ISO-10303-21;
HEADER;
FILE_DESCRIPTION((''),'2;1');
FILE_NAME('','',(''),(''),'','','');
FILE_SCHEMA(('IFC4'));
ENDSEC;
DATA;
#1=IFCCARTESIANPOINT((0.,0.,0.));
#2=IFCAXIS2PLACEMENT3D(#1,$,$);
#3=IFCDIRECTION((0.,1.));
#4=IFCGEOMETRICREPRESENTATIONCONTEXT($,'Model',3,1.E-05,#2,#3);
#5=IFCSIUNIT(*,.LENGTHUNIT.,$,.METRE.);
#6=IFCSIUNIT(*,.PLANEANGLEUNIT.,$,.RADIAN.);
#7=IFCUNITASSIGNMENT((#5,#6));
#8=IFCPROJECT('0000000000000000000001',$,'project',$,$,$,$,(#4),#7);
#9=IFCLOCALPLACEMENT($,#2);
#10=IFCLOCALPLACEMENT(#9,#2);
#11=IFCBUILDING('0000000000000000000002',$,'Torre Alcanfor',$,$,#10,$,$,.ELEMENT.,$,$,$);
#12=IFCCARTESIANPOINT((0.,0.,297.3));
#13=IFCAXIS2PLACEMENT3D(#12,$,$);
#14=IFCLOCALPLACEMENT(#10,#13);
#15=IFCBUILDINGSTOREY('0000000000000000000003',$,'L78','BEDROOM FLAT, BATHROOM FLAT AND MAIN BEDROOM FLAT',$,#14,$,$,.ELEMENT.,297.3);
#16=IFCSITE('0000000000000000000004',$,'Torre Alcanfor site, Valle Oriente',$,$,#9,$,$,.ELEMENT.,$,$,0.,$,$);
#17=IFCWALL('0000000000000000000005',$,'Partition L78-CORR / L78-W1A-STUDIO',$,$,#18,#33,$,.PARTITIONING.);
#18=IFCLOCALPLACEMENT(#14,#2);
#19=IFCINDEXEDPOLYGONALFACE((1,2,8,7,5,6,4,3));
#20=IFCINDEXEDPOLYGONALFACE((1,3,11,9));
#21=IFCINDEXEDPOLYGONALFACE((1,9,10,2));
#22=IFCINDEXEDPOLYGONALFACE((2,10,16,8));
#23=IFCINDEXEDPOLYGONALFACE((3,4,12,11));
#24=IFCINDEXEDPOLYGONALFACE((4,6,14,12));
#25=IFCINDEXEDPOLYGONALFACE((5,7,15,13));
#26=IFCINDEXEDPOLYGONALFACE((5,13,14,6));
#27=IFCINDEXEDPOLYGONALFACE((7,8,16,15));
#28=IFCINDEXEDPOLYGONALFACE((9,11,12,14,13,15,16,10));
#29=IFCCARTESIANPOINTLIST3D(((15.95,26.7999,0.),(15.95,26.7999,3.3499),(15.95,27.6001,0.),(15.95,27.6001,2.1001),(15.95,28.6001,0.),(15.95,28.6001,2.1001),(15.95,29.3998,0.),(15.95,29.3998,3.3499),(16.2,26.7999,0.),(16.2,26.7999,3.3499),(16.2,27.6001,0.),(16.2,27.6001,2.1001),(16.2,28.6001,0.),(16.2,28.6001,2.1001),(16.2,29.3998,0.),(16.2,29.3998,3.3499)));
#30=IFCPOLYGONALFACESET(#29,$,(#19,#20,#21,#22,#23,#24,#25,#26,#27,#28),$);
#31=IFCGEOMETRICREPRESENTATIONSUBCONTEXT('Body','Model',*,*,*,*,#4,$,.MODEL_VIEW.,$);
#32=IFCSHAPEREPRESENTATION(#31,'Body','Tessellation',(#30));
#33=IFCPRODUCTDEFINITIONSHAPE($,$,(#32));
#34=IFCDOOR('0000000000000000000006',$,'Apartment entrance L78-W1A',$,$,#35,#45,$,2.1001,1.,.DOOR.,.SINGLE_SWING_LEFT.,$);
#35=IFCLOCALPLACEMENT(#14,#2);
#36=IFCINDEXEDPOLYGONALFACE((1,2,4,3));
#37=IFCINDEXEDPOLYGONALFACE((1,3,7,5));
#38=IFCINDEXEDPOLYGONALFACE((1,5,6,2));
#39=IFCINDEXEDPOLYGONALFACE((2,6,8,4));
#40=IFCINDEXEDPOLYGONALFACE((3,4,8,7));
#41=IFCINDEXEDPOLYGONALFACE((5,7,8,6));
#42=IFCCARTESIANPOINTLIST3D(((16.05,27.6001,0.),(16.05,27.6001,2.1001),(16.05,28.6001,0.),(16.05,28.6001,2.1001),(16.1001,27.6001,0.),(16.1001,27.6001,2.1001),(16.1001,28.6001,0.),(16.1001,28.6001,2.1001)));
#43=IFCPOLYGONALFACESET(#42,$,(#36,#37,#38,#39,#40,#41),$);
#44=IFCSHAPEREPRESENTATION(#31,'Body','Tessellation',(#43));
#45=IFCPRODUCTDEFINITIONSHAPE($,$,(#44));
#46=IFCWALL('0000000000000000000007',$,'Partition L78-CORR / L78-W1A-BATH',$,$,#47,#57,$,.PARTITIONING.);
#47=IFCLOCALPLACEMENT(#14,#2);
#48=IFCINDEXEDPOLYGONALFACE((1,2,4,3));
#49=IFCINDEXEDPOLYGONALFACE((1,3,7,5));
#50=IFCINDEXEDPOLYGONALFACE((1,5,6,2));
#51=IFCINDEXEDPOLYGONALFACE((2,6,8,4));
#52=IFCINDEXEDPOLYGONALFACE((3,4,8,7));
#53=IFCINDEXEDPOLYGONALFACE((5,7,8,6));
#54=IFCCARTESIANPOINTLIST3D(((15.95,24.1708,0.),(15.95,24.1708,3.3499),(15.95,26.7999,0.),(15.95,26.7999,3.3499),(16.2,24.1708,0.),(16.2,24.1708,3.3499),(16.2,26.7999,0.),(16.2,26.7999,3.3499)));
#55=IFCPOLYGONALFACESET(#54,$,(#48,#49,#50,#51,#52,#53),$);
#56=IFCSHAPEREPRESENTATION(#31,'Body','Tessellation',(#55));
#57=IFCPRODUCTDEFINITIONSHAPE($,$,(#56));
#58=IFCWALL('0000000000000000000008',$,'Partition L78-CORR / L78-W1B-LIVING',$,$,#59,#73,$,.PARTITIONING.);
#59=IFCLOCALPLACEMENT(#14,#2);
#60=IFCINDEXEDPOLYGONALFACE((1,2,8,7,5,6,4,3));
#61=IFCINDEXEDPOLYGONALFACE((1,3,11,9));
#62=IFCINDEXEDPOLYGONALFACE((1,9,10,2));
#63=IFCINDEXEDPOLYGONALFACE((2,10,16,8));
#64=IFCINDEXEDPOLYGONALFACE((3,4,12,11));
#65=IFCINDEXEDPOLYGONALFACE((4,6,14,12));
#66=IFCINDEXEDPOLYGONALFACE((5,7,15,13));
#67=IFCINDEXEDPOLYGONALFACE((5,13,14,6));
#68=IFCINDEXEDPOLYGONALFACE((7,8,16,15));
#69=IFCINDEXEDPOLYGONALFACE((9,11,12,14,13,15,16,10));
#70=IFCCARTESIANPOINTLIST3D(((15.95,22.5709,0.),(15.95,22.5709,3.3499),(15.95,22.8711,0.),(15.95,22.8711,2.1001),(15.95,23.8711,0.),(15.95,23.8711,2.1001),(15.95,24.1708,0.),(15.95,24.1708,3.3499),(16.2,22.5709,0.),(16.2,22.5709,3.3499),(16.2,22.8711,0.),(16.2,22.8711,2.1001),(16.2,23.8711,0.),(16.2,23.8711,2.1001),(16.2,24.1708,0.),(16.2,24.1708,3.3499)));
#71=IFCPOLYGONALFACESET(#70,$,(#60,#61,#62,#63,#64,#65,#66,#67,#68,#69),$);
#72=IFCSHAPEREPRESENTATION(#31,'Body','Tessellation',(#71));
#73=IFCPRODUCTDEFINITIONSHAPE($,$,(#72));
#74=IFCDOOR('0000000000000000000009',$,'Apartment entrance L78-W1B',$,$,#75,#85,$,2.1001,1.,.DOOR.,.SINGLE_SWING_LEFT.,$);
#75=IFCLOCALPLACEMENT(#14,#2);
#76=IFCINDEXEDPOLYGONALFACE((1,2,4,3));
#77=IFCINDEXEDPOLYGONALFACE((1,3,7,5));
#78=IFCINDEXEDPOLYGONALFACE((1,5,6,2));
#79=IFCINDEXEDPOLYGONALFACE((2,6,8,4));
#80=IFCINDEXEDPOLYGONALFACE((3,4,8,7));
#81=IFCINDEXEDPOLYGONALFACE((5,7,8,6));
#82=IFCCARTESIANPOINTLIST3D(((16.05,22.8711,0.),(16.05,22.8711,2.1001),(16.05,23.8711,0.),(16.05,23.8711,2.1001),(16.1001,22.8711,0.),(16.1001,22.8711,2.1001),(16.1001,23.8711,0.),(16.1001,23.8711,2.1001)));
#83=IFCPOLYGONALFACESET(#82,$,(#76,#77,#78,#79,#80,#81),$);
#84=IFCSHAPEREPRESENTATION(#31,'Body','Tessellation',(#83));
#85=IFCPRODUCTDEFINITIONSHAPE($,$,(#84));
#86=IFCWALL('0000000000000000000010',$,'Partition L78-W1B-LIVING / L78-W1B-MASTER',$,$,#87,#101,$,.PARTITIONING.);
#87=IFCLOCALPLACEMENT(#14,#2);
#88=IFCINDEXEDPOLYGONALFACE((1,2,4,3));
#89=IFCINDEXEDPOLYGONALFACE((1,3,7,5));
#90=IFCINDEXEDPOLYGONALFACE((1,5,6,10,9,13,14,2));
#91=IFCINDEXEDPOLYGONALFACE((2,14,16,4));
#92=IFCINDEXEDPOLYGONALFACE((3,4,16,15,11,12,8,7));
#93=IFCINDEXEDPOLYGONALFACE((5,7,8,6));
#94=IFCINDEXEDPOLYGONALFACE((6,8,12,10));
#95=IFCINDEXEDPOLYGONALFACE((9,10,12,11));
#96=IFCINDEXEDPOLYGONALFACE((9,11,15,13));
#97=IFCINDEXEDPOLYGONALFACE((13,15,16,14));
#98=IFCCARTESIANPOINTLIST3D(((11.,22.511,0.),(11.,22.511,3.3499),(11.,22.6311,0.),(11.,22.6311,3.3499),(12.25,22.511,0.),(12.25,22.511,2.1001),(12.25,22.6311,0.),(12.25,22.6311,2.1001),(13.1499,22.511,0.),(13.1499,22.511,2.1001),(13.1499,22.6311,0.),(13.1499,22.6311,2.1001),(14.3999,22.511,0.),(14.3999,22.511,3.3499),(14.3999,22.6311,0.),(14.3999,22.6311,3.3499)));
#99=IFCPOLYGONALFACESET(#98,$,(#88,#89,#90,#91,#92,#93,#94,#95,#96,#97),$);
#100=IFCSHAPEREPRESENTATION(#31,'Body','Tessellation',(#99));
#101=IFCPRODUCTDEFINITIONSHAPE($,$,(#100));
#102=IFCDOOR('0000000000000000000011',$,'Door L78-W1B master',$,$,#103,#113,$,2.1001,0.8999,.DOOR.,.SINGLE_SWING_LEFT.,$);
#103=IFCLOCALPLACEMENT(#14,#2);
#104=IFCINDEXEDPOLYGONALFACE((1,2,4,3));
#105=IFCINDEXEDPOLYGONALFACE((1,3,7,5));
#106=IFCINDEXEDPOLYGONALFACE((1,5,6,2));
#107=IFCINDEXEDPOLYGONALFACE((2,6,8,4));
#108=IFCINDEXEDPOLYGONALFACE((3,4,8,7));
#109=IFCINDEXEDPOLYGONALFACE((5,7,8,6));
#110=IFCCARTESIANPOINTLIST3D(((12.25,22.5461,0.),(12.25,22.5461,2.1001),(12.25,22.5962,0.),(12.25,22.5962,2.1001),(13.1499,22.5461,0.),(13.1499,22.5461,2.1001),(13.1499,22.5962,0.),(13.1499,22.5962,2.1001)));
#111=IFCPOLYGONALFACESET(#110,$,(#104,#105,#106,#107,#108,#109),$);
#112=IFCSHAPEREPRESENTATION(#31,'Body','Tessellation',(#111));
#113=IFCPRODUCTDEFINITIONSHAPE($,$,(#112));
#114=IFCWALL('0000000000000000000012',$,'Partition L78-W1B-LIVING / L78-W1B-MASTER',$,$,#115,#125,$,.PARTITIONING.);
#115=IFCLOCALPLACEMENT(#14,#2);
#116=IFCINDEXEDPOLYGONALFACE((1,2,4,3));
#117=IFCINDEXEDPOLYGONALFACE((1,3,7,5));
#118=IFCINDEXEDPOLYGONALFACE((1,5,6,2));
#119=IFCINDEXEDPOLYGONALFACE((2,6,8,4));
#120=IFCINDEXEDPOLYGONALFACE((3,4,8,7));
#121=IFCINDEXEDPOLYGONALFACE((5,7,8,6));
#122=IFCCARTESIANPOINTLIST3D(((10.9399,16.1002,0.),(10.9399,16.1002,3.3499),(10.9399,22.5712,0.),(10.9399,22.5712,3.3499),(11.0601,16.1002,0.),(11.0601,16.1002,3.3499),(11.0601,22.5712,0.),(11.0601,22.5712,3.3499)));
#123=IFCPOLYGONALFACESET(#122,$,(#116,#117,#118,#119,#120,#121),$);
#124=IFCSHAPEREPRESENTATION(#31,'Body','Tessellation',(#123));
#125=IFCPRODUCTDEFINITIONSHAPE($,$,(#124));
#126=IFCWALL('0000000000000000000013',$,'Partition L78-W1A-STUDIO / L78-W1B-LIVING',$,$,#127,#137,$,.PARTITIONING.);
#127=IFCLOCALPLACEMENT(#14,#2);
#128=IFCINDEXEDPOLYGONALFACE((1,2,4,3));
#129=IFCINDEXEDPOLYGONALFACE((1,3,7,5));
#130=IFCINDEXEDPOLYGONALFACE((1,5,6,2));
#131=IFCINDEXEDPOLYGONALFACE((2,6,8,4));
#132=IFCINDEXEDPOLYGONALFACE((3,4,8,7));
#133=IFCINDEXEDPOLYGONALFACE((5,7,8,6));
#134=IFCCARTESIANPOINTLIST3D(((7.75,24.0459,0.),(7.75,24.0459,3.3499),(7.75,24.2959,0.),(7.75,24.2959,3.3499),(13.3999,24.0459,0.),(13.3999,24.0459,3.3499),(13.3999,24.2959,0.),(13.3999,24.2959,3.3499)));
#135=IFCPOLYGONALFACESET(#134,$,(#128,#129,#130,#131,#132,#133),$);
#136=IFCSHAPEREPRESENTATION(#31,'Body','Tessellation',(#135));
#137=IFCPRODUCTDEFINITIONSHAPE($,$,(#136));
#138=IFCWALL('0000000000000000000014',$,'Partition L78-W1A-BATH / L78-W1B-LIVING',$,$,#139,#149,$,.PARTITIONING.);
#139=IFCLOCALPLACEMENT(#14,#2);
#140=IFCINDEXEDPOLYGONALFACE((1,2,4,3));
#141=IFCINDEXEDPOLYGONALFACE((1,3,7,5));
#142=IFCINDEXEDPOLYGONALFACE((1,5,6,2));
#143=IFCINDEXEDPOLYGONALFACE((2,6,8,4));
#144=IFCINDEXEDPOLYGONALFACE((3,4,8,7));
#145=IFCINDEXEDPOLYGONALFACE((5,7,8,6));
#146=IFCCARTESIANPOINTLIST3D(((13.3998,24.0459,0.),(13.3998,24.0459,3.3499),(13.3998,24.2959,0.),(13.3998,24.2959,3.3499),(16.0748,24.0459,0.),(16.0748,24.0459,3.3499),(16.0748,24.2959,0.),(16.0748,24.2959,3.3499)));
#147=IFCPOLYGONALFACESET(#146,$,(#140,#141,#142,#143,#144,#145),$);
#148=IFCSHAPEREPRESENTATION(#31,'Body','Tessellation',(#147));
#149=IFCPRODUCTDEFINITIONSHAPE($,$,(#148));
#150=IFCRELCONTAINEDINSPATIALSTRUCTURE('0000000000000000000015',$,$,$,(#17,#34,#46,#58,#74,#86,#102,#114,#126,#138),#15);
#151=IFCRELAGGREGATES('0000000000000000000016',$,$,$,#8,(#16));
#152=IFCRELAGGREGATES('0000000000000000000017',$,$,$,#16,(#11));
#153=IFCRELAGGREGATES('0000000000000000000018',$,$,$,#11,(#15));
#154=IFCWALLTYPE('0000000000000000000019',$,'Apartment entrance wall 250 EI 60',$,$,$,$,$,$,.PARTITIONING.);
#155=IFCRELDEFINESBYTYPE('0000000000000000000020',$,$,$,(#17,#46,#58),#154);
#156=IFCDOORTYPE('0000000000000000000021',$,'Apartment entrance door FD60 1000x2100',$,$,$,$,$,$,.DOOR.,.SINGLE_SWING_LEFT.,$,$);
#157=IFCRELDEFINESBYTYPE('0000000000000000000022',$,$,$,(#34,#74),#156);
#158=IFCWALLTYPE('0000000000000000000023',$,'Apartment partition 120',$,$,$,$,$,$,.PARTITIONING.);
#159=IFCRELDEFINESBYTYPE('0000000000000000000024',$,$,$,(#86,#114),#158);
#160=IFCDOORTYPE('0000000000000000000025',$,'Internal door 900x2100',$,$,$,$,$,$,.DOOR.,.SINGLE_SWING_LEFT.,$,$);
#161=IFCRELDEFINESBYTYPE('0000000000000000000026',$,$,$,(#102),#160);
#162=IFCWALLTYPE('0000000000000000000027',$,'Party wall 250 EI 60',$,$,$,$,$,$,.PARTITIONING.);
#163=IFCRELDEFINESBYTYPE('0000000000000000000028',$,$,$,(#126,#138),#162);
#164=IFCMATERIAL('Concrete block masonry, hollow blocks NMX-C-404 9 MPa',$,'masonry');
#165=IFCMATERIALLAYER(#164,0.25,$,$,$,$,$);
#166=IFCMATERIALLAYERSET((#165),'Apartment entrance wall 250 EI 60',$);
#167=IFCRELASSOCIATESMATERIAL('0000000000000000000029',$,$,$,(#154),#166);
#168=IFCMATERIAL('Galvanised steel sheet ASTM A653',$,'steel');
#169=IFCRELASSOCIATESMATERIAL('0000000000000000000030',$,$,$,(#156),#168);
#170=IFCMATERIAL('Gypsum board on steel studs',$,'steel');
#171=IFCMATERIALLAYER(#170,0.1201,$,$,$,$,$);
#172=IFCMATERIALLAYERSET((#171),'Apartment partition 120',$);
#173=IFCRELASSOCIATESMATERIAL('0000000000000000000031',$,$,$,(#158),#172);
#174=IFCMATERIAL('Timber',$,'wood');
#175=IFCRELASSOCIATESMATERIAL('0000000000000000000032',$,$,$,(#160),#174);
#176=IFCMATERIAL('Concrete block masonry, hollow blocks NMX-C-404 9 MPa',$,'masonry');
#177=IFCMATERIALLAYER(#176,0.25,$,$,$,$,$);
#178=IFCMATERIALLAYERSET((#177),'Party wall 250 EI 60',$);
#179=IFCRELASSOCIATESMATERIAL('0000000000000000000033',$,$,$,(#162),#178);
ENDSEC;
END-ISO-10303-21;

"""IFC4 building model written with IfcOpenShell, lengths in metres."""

from ifc_helpers import new_model, si_unit, direction, frame, frame_2d, origin, place, context, subcontext, project, spatial, rectangle, extrude, material, layer, layer_set, type_object, element, fill, save


model = new_model("IFC4")

# Units and contexts
model_context = context("Model", 3, precision=1e-05, world=origin(), true_north=direction((0.0, 1.0)))
body_context = subcontext(model_context, "Body", "Model", "MODEL_VIEW")
ifc_project = project(units=[si_unit("LENGTHUNIT", "METRE"), si_unit("PLANEANGLEUNIT", "RADIAN")], contexts=[model_context])

# Site, building, storey
site_placement = place(None, origin())
site = spatial("IfcSite", under=ifc_project, at=site_placement, Name="Torre Alcanfor site, Valle Oriente", CompositionType="ELEMENT", RefElevation=0.0)
building_placement = place(site_placement, origin())
building = spatial("IfcBuilding", under=site, at=building_placement, Name="Torre Alcanfor", CompositionType="ELEMENT")
storey_placement = place(building_placement, frame((0.0, 0.0, 297.3)))
storey = spatial("IfcBuildingStorey", under=building, at=storey_placement, Name="L78", Description="BEDROOM FLAT, BATHROOM FLAT AND MAIN BEDROOM FLAT", CompositionType="ELEMENT", Elevation=297.3)

# Wall, opening, door
ifc_material_1 = material(Name="Concrete block masonry, hollow blocks NMX-C-404 9 MPa", Category="masonry")
ifc_layer_1 = layer(ifc_material_1, 0.25)
ifc_layer_set_1 = layer_set([ifc_layer_1], Name="Apartment entrance wall 250 EI 60")
wall_type_1 = type_object("IfcWallType", Name="Apartment entrance wall 250 EI 60", PredefinedType="PARTITIONING", material=ifc_layer_set_1)
wall_1_placement = place(storey_placement, frame((16.075, 26.8, 0.0), z_axis=(0.0, 0.0, 1.0), x_axis=(0.0, 1.0, 0.0)))
wall_1 = element("IfcWall", 1, at=wall_1_placement, inside=storey, type_object=wall_type_1, Name="Partition L78-CORR / L78-W1A-STUDIO", PredefinedType="PARTITIONING", context=body_context, shape_type="SweptSolid", body=[
    extrude(rectangle(XDim=2.5999, YDim=0.25, at=frame_2d((1.2998, 0.0))), origin(), (0.0, 0.0, 1.0), 3.3499),
])
opening_1_placement = place(wall_1_placement, frame((0.8, 0.0, 0.0)))
opening_1 = element("IfcOpeningElement", 2, at=opening_1_placement, cuts=wall_1, PredefinedType="OPENING", context=body_context, shape_type="SweptSolid", body=[
    extrude(rectangle(XDim=1.0, YDim=2.1001, at=frame_2d((0.5, 1.05))), frame((0.0, 0.135, 0.0), z_axis=(0.0, -1.0, 0.0), x_axis=(1.0, 0.0, 0.0)), (0.0, 0.0, 1.0), 0.27),
])
ifc_material_2 = material(Name="Galvanised steel sheet ASTM A653", Category="steel")
door_type_1 = type_object("IfcDoorType", Name="Apartment entrance door FD60 1000x2100", OperationType="SINGLE_SWING_LEFT", PredefinedType="DOOR", material=ifc_material_2)
door_1_placement = place(opening_1_placement, origin())
door_1 = element("IfcDoor", 3, at=door_1_placement, inside=storey, type_object=door_type_1, Name="Apartment entrance L78-W1A", OperationType="SINGLE_SWING_LEFT", OverallHeight=2.1001, OverallWidth=1.0, PredefinedType="DOOR", context=body_context, shape_type="SweptSolid", body=[
    extrude(rectangle(XDim=1.0, YDim=2.1001, at=frame_2d((0.5, 1.05))), frame((0.0, 0.0249, 0.0), z_axis=(0.0, -1.0, 0.0), x_axis=(1.0, 0.0, 0.0)), (0.0, 0.0, 1.0), 0.05),
])
fill(opening_1, door_1)

# Wall
wall_2_placement = place(storey_placement, frame((16.075, 24.1709, 0.0), z_axis=(0.0, 0.0, 1.0), x_axis=(0.0, 1.0, 0.0)))
element("IfcWall", 4, at=wall_2_placement, inside=storey, type_object=wall_type_1, Name="Partition L78-CORR / L78-W1A-BATH", PredefinedType="PARTITIONING", context=body_context, shape_type="SweptSolid", body=[
    extrude(rectangle(XDim=2.6292, YDim=0.25, at=frame_2d((1.3145, 0.0))), origin(), (0.0, 0.0, 1.0), 3.3499),
])

# Walls, openings, doors
wall_3_placement = place(storey_placement, frame((16.075, 22.571, 0.0), z_axis=(0.0, 0.0, 1.0), x_axis=(0.0, 1.0, 0.0)))
wall_3 = element("IfcWall", 5, at=wall_3_placement, inside=storey, type_object=wall_type_1, Name="Partition L78-CORR / L78-W1B-LIVING", PredefinedType="PARTITIONING", context=body_context, shape_type="SweptSolid", body=[
    extrude(rectangle(XDim=1.5999, YDim=0.25, at=frame_2d((0.7998, 0.0))), origin(), (0.0, 0.0, 1.0), 3.3499),
])
opening_2_placement = place(wall_3_placement, frame((0.3, 0.0, 0.0)))
opening_2 = element("IfcOpeningElement", 6, at=opening_2_placement, cuts=wall_3, PredefinedType="OPENING", context=body_context, shape_type="SweptSolid", body=[
    extrude(rectangle(XDim=1.0, YDim=2.1001, at=frame_2d((0.5, 1.05))), frame((0.0, 0.135, 0.0), z_axis=(0.0, -1.0, 0.0), x_axis=(1.0, 0.0, 0.0)), (0.0, 0.0, 1.0), 0.27),
])
door_2_placement = place(opening_2_placement, origin())
door_2 = element("IfcDoor", 7, at=door_2_placement, inside=storey, type_object=door_type_1, Name="Apartment entrance L78-W1B", OperationType="SINGLE_SWING_LEFT", OverallHeight=2.1001, OverallWidth=1.0, PredefinedType="DOOR", context=body_context, shape_type="SweptSolid", body=[
    extrude(rectangle(XDim=1.0, YDim=2.1001, at=frame_2d((0.5, 1.05))), frame((0.0, 0.0249, 0.0), z_axis=(0.0, -1.0, 0.0), x_axis=(1.0, 0.0, 0.0)), (0.0, 0.0, 1.0), 0.05),
])
fill(opening_2, door_2)
ifc_material_3 = material(Name="Gypsum board on steel studs", Category="steel")
ifc_layer_2 = layer(ifc_material_3, 0.1201)
ifc_layer_set_2 = layer_set([ifc_layer_2], Name="Apartment partition 120")
wall_type_2 = type_object("IfcWallType", Name="Apartment partition 120", PredefinedType="PARTITIONING", material=ifc_layer_set_2)
wall_4_placement = place(storey_placement, frame((14.3999, 22.571, 0.0), z_axis=(0.0, 0.0, 1.0), x_axis=(-1.0, 0.0, 0.0)))
wall_4 = element("IfcWall", 8, at=wall_4_placement, inside=storey, type_object=wall_type_2, Name="Partition L78-W1B-LIVING / L78-W1B-MASTER", PredefinedType="PARTITIONING", context=body_context, shape_type="SweptSolid", body=[
    extrude(rectangle(XDim=3.3999, YDim=0.1201, at=frame_2d((1.7, 0.0))), origin(), (0.0, 0.0, 1.0), 3.3499),
])
opening_3_placement = place(wall_4_placement, frame((1.25, 0.0, 0.0)))
opening_3 = element("IfcOpeningElement", 9, at=opening_3_placement, cuts=wall_4, PredefinedType="OPENING", context=body_context, shape_type="SweptSolid", body=[
    extrude(rectangle(XDim=0.8999, YDim=2.1001, at=frame_2d((0.45, 1.05))), frame((0.0, 0.0701, 0.0), z_axis=(0.0, -1.0, 0.0), x_axis=(1.0, 0.0, 0.0)), (0.0, 0.0, 1.0), 0.1401),
])
ifc_material_4 = material(Name="Timber", Category="wood")
door_type_2 = type_object("IfcDoorType", Name="Internal door 900x2100", OperationType="SINGLE_SWING_LEFT", PredefinedType="DOOR", material=ifc_material_4)
door_3_placement = place(opening_3_placement, origin())
door_3 = element("IfcDoor", 10, at=door_3_placement, inside=storey, type_object=door_type_2, Name="Door L78-W1B master", OperationType="SINGLE_SWING_LEFT", OverallHeight=2.1001, OverallWidth=0.8999, PredefinedType="DOOR", context=body_context, shape_type="SweptSolid", body=[
    extrude(rectangle(XDim=0.8999, YDim=2.1001, at=frame_2d((0.45, 1.05))), frame((0.0, 0.0249, 0.0), z_axis=(0.0, -1.0, 0.0), x_axis=(1.0, 0.0, 0.0)), (0.0, 0.0, 1.0), 0.05),
])
fill(opening_3, door_3)

# Walls
wall_5_placement = place(storey_placement, frame((11.0, 22.571, 0.0), z_axis=(0.0, 0.0, 1.0), x_axis=(0.0, -1.0, 0.0)))
element("IfcWall", 11, at=wall_5_placement, inside=storey, type_object=wall_type_2, Name="Partition L78-W1B-LIVING / L78-W1B-MASTER", PredefinedType="PARTITIONING", context=body_context, shape_type="SweptSolid", body=[
    extrude(rectangle(XDim=6.4709, YDim=0.1201, at=frame_2d((3.2354, 0.0))), origin(), (0.0, 0.0, 1.0), 3.3499),
])
ifc_material_5 = material(Name="Concrete block masonry, hollow blocks NMX-C-404 9 MPa", Category="masonry")
ifc_layer_3 = layer(ifc_material_5, 0.25)
ifc_layer_set_3 = layer_set([ifc_layer_3], Name="Party wall 250 EI 60")
wall_type_3 = type_object("IfcWallType", Name="Party wall 250 EI 60", PredefinedType="PARTITIONING", material=ifc_layer_set_3)
wall_6_placement = place(storey_placement, frame((13.3999, 24.1709, 0.0), z_axis=(0.0, 0.0, 1.0), x_axis=(-1.0, 0.0, 0.0)))
element("IfcWall", 12, at=wall_6_placement, inside=storey, type_object=wall_type_3, Name="Partition L78-W1A-STUDIO / L78-W1B-LIVING", PredefinedType="PARTITIONING", context=body_context, shape_type="SweptSolid", body=[
    extrude(rectangle(XDim=5.6499, YDim=0.25, at=frame_2d((2.825, 0.0))), origin(), (0.0, 0.0, 1.0), 3.3499),
])
wall_7_placement = place(storey_placement, frame((13.3999, 24.1709, 0.0), z_axis=(0.0, 0.0, 1.0), x_axis=(1.0, 0.0, 0.0)))
element("IfcWall", 13, at=wall_7_placement, inside=storey, type_object=wall_type_3, Name="Partition L78-W1A-BATH / L78-W1B-LIVING", PredefinedType="PARTITIONING", context=body_context, shape_type="SweptSolid", body=[
    extrude(rectangle(XDim=2.675, YDim=0.25, at=frame_2d((1.3374, 0.0))), origin(), (0.0, 0.0, 1.0), 3.3499),
])

save(model, "model.ifc")
